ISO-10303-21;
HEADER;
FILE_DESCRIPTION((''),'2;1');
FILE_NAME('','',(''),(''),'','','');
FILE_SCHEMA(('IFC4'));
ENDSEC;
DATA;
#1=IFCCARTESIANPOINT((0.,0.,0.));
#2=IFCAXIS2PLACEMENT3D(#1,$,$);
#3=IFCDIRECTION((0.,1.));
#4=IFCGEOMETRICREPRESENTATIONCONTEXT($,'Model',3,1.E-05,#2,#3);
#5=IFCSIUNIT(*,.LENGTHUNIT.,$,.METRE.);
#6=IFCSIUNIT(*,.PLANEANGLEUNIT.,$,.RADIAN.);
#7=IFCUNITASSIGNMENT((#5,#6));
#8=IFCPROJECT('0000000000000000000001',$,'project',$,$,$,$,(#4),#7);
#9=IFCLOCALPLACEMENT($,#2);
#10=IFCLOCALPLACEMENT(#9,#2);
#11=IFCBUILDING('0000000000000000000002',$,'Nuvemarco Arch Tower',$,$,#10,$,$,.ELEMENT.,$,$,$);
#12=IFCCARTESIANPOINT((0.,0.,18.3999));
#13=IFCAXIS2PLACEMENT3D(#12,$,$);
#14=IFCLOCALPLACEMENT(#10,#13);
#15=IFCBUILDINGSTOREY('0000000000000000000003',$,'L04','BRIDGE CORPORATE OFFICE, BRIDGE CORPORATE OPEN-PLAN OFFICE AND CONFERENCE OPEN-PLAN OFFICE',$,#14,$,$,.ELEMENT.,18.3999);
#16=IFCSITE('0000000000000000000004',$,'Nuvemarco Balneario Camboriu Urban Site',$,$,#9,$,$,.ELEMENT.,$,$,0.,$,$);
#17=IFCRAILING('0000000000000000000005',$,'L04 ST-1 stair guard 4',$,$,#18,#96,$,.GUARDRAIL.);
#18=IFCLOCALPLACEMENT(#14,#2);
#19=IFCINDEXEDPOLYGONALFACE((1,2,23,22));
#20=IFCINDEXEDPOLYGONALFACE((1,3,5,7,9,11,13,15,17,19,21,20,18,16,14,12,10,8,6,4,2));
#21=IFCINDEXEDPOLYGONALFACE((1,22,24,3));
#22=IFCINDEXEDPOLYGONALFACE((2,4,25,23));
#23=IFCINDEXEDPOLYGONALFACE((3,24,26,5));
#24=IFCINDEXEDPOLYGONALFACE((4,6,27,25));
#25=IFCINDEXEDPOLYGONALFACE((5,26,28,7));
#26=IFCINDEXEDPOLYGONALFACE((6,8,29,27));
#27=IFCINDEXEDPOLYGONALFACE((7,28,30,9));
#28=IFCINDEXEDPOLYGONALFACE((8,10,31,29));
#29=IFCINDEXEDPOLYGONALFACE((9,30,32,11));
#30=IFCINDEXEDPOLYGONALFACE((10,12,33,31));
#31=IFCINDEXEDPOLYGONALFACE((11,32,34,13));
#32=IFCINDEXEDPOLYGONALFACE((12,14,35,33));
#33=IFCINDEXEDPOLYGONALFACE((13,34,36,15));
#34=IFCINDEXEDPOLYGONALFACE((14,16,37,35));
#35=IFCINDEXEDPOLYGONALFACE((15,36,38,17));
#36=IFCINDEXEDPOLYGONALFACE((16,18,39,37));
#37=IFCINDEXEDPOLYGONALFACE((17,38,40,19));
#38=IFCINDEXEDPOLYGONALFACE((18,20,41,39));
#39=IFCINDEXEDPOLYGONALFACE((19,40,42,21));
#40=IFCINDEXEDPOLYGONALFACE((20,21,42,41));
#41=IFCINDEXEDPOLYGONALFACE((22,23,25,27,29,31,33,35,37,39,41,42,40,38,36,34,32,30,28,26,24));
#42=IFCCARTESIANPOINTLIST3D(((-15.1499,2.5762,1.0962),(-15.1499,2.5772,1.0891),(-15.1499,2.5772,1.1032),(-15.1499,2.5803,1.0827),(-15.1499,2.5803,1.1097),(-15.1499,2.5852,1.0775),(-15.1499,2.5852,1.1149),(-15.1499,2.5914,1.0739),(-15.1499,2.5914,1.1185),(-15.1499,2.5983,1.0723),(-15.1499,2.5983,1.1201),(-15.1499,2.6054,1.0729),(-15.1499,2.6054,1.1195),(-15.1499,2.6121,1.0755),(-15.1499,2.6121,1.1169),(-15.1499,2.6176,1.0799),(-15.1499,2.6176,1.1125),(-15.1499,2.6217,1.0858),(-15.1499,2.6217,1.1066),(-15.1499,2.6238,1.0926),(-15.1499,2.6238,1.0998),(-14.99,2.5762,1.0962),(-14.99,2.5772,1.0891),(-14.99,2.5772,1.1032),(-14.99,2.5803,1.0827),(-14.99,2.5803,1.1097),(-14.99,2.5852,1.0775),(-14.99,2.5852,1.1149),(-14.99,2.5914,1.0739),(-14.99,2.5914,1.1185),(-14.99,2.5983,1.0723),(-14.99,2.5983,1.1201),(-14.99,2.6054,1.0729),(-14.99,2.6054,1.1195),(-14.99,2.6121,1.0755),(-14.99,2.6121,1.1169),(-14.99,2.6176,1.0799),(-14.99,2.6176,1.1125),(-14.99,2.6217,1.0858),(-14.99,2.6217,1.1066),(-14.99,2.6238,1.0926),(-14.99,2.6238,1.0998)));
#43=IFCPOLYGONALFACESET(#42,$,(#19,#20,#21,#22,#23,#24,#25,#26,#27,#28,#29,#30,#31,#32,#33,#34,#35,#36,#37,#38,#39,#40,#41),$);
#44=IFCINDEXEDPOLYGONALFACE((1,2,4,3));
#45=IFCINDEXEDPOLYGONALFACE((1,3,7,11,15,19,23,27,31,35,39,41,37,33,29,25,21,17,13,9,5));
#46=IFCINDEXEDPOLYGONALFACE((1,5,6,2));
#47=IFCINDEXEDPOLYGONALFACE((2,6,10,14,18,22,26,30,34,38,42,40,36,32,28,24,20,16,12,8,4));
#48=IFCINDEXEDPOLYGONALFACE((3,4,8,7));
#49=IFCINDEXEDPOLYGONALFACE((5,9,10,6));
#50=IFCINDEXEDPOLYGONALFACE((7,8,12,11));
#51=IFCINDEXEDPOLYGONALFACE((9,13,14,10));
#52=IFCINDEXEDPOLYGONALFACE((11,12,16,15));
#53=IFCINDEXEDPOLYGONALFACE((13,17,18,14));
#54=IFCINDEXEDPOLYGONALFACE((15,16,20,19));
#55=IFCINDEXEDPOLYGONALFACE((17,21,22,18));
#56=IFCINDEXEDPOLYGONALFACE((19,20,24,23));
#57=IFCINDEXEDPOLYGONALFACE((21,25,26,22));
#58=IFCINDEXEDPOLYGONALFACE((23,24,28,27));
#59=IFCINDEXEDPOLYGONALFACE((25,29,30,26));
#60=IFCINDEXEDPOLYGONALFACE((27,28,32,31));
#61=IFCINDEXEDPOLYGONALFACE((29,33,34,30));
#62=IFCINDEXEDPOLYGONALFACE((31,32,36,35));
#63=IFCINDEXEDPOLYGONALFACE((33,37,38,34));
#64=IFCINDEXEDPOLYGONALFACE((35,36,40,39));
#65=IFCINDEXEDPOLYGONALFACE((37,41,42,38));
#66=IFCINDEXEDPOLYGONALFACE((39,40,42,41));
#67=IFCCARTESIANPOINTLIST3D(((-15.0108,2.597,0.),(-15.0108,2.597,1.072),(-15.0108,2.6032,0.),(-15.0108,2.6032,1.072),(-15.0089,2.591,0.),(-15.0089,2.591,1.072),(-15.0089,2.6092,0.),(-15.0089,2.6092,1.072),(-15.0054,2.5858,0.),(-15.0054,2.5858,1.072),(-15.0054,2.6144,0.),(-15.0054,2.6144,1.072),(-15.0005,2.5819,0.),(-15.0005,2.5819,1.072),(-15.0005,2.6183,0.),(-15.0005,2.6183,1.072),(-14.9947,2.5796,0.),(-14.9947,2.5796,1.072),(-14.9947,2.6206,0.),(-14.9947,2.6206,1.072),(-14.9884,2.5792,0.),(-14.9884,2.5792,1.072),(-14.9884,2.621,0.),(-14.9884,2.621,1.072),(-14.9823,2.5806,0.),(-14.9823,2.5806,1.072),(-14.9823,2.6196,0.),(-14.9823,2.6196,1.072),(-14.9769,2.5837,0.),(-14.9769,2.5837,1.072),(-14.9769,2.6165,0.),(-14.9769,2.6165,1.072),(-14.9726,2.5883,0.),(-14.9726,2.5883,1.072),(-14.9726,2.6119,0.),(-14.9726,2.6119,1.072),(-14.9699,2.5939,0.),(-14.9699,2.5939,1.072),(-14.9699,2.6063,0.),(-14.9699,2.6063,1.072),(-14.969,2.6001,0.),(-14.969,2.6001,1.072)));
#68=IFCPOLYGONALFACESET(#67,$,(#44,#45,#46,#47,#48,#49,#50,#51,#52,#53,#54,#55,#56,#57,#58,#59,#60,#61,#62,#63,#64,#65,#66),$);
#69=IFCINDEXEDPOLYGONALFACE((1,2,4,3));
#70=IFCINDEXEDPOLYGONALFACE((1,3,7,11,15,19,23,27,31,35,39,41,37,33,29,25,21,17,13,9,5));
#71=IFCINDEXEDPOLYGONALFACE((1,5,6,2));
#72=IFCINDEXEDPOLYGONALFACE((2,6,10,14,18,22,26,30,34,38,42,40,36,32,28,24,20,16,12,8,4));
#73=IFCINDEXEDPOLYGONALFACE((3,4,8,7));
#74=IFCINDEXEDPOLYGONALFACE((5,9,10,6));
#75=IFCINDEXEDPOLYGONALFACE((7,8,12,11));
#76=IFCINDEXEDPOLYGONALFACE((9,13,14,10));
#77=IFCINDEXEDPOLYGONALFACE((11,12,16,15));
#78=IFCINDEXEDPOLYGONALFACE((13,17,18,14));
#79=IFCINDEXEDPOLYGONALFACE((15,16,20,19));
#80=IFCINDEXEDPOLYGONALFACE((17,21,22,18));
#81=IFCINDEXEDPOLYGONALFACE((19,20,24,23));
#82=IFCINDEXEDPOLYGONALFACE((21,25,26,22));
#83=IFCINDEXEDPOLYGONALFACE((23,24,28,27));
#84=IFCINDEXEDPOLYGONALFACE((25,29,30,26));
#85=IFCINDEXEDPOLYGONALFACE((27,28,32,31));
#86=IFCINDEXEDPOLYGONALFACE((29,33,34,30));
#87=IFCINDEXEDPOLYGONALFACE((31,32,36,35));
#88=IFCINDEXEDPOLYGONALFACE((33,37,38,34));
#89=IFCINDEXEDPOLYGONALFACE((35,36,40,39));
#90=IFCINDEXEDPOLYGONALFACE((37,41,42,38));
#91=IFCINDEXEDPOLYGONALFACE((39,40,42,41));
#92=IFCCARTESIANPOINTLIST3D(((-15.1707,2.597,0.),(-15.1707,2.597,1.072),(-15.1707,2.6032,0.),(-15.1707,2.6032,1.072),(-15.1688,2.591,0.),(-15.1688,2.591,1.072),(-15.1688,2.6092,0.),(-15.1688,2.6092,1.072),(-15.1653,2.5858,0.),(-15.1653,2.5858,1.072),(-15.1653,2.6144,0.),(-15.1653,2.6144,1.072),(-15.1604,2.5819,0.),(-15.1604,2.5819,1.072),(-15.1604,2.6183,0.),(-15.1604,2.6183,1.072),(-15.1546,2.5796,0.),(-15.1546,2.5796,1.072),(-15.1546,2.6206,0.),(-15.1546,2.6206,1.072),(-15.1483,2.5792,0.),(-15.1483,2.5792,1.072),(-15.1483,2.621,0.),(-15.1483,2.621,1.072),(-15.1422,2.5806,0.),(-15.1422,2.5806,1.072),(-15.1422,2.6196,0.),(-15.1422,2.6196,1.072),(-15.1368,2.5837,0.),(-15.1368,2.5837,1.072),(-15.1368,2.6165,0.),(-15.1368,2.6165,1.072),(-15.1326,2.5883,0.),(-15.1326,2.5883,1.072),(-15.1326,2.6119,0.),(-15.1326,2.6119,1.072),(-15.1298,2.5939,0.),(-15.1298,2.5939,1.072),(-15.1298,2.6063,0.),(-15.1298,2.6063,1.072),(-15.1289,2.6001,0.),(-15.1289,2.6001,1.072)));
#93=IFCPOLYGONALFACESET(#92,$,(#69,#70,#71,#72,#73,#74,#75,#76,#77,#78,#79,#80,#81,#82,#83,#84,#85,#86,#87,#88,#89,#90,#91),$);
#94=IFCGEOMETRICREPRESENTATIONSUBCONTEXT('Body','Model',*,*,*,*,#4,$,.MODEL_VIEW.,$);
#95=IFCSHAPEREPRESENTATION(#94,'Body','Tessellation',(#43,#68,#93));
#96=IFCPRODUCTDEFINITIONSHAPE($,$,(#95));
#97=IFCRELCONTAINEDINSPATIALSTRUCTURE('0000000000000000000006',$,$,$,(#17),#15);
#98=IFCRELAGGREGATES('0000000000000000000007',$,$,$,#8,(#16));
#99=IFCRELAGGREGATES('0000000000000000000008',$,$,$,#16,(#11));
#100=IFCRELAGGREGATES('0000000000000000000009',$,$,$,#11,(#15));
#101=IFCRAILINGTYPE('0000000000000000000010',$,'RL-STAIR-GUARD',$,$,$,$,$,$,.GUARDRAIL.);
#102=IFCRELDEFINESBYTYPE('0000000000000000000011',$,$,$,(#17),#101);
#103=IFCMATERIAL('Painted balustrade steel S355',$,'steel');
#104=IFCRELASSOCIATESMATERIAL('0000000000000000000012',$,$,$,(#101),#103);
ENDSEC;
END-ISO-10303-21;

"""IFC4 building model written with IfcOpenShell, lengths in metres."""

from ifc_helpers import new_model, si_unit, direction, frame, origin, origin_2d, place, context, subcontext, project, spatial, circle, extrude, material, type_object, element, save


model = new_model("IFC4")

# Units and contexts
model_context = context("Model", 3, precision=1e-05, world=origin(), true_north=direction((0.0, 1.0)))
body_context = subcontext(model_context, "Body", "Model", "MODEL_VIEW")
ifc_project = project(units=[si_unit("LENGTHUNIT", "METRE"), si_unit("PLANEANGLEUNIT", "RADIAN")], contexts=[model_context])

# Site, building, storey
site_placement = place(None, origin())
site = spatial("IfcSite", under=ifc_project, at=site_placement, Name="Nuvemarco Balneario Camboriu Urban Site", CompositionType="ELEMENT", RefElevation=0.0)
building_placement = place(site_placement, origin())
building = spatial("IfcBuilding", under=site, at=building_placement, Name="Nuvemarco Arch Tower", CompositionType="ELEMENT")
storey_placement = place(building_placement, frame((0.0, 0.0, 18.3999)))
storey = spatial("IfcBuildingStorey", under=building, at=storey_placement, Name="L04", Description="BRIDGE CORPORATE OFFICE, BRIDGE CORPORATE OPEN-PLAN OFFICE AND CONFERENCE OPEN-PLAN OFFICE", CompositionType="ELEMENT", Elevation=18.3999)

# Railing
ifc_material_1 = material(Name="Painted balustrade steel S355", Category="steel")
railing_type_1 = type_object("IfcRailingType", Name="RL-STAIR-GUARD", PredefinedType="GUARDRAIL", material=ifc_material_1)
railing_1_placement = place(storey_placement, frame((-14.99, 2.6001, 0.0)))
element("IfcRailing", 1, at=railing_1_placement, inside=storey, type_object=railing_type_1, Name="L04 ST-1 stair guard 4", PredefinedType="GUARDRAIL", context=body_context, shape_type="SweptSolid", body=[
    extrude(circle(Radius=0.0239, at=origin_2d()), frame((0.0, 0.0, 1.0962), z_axis=(-1.0, 0.0, 0.0), x_axis=(0.0, -1.0, 0.0)), (0.0, 0.0, 1.0), 0.1599),
    extrude(circle(Radius=0.021, at=origin_2d()), origin(), (0.0, 0.0, 1.0), 1.072),
    extrude(circle(Radius=0.021, at=origin_2d()), frame((-0.1599, 0.0, 0.0)), (0.0, 0.0, 1.0), 1.072),
])

save(model, "model.ifc")
